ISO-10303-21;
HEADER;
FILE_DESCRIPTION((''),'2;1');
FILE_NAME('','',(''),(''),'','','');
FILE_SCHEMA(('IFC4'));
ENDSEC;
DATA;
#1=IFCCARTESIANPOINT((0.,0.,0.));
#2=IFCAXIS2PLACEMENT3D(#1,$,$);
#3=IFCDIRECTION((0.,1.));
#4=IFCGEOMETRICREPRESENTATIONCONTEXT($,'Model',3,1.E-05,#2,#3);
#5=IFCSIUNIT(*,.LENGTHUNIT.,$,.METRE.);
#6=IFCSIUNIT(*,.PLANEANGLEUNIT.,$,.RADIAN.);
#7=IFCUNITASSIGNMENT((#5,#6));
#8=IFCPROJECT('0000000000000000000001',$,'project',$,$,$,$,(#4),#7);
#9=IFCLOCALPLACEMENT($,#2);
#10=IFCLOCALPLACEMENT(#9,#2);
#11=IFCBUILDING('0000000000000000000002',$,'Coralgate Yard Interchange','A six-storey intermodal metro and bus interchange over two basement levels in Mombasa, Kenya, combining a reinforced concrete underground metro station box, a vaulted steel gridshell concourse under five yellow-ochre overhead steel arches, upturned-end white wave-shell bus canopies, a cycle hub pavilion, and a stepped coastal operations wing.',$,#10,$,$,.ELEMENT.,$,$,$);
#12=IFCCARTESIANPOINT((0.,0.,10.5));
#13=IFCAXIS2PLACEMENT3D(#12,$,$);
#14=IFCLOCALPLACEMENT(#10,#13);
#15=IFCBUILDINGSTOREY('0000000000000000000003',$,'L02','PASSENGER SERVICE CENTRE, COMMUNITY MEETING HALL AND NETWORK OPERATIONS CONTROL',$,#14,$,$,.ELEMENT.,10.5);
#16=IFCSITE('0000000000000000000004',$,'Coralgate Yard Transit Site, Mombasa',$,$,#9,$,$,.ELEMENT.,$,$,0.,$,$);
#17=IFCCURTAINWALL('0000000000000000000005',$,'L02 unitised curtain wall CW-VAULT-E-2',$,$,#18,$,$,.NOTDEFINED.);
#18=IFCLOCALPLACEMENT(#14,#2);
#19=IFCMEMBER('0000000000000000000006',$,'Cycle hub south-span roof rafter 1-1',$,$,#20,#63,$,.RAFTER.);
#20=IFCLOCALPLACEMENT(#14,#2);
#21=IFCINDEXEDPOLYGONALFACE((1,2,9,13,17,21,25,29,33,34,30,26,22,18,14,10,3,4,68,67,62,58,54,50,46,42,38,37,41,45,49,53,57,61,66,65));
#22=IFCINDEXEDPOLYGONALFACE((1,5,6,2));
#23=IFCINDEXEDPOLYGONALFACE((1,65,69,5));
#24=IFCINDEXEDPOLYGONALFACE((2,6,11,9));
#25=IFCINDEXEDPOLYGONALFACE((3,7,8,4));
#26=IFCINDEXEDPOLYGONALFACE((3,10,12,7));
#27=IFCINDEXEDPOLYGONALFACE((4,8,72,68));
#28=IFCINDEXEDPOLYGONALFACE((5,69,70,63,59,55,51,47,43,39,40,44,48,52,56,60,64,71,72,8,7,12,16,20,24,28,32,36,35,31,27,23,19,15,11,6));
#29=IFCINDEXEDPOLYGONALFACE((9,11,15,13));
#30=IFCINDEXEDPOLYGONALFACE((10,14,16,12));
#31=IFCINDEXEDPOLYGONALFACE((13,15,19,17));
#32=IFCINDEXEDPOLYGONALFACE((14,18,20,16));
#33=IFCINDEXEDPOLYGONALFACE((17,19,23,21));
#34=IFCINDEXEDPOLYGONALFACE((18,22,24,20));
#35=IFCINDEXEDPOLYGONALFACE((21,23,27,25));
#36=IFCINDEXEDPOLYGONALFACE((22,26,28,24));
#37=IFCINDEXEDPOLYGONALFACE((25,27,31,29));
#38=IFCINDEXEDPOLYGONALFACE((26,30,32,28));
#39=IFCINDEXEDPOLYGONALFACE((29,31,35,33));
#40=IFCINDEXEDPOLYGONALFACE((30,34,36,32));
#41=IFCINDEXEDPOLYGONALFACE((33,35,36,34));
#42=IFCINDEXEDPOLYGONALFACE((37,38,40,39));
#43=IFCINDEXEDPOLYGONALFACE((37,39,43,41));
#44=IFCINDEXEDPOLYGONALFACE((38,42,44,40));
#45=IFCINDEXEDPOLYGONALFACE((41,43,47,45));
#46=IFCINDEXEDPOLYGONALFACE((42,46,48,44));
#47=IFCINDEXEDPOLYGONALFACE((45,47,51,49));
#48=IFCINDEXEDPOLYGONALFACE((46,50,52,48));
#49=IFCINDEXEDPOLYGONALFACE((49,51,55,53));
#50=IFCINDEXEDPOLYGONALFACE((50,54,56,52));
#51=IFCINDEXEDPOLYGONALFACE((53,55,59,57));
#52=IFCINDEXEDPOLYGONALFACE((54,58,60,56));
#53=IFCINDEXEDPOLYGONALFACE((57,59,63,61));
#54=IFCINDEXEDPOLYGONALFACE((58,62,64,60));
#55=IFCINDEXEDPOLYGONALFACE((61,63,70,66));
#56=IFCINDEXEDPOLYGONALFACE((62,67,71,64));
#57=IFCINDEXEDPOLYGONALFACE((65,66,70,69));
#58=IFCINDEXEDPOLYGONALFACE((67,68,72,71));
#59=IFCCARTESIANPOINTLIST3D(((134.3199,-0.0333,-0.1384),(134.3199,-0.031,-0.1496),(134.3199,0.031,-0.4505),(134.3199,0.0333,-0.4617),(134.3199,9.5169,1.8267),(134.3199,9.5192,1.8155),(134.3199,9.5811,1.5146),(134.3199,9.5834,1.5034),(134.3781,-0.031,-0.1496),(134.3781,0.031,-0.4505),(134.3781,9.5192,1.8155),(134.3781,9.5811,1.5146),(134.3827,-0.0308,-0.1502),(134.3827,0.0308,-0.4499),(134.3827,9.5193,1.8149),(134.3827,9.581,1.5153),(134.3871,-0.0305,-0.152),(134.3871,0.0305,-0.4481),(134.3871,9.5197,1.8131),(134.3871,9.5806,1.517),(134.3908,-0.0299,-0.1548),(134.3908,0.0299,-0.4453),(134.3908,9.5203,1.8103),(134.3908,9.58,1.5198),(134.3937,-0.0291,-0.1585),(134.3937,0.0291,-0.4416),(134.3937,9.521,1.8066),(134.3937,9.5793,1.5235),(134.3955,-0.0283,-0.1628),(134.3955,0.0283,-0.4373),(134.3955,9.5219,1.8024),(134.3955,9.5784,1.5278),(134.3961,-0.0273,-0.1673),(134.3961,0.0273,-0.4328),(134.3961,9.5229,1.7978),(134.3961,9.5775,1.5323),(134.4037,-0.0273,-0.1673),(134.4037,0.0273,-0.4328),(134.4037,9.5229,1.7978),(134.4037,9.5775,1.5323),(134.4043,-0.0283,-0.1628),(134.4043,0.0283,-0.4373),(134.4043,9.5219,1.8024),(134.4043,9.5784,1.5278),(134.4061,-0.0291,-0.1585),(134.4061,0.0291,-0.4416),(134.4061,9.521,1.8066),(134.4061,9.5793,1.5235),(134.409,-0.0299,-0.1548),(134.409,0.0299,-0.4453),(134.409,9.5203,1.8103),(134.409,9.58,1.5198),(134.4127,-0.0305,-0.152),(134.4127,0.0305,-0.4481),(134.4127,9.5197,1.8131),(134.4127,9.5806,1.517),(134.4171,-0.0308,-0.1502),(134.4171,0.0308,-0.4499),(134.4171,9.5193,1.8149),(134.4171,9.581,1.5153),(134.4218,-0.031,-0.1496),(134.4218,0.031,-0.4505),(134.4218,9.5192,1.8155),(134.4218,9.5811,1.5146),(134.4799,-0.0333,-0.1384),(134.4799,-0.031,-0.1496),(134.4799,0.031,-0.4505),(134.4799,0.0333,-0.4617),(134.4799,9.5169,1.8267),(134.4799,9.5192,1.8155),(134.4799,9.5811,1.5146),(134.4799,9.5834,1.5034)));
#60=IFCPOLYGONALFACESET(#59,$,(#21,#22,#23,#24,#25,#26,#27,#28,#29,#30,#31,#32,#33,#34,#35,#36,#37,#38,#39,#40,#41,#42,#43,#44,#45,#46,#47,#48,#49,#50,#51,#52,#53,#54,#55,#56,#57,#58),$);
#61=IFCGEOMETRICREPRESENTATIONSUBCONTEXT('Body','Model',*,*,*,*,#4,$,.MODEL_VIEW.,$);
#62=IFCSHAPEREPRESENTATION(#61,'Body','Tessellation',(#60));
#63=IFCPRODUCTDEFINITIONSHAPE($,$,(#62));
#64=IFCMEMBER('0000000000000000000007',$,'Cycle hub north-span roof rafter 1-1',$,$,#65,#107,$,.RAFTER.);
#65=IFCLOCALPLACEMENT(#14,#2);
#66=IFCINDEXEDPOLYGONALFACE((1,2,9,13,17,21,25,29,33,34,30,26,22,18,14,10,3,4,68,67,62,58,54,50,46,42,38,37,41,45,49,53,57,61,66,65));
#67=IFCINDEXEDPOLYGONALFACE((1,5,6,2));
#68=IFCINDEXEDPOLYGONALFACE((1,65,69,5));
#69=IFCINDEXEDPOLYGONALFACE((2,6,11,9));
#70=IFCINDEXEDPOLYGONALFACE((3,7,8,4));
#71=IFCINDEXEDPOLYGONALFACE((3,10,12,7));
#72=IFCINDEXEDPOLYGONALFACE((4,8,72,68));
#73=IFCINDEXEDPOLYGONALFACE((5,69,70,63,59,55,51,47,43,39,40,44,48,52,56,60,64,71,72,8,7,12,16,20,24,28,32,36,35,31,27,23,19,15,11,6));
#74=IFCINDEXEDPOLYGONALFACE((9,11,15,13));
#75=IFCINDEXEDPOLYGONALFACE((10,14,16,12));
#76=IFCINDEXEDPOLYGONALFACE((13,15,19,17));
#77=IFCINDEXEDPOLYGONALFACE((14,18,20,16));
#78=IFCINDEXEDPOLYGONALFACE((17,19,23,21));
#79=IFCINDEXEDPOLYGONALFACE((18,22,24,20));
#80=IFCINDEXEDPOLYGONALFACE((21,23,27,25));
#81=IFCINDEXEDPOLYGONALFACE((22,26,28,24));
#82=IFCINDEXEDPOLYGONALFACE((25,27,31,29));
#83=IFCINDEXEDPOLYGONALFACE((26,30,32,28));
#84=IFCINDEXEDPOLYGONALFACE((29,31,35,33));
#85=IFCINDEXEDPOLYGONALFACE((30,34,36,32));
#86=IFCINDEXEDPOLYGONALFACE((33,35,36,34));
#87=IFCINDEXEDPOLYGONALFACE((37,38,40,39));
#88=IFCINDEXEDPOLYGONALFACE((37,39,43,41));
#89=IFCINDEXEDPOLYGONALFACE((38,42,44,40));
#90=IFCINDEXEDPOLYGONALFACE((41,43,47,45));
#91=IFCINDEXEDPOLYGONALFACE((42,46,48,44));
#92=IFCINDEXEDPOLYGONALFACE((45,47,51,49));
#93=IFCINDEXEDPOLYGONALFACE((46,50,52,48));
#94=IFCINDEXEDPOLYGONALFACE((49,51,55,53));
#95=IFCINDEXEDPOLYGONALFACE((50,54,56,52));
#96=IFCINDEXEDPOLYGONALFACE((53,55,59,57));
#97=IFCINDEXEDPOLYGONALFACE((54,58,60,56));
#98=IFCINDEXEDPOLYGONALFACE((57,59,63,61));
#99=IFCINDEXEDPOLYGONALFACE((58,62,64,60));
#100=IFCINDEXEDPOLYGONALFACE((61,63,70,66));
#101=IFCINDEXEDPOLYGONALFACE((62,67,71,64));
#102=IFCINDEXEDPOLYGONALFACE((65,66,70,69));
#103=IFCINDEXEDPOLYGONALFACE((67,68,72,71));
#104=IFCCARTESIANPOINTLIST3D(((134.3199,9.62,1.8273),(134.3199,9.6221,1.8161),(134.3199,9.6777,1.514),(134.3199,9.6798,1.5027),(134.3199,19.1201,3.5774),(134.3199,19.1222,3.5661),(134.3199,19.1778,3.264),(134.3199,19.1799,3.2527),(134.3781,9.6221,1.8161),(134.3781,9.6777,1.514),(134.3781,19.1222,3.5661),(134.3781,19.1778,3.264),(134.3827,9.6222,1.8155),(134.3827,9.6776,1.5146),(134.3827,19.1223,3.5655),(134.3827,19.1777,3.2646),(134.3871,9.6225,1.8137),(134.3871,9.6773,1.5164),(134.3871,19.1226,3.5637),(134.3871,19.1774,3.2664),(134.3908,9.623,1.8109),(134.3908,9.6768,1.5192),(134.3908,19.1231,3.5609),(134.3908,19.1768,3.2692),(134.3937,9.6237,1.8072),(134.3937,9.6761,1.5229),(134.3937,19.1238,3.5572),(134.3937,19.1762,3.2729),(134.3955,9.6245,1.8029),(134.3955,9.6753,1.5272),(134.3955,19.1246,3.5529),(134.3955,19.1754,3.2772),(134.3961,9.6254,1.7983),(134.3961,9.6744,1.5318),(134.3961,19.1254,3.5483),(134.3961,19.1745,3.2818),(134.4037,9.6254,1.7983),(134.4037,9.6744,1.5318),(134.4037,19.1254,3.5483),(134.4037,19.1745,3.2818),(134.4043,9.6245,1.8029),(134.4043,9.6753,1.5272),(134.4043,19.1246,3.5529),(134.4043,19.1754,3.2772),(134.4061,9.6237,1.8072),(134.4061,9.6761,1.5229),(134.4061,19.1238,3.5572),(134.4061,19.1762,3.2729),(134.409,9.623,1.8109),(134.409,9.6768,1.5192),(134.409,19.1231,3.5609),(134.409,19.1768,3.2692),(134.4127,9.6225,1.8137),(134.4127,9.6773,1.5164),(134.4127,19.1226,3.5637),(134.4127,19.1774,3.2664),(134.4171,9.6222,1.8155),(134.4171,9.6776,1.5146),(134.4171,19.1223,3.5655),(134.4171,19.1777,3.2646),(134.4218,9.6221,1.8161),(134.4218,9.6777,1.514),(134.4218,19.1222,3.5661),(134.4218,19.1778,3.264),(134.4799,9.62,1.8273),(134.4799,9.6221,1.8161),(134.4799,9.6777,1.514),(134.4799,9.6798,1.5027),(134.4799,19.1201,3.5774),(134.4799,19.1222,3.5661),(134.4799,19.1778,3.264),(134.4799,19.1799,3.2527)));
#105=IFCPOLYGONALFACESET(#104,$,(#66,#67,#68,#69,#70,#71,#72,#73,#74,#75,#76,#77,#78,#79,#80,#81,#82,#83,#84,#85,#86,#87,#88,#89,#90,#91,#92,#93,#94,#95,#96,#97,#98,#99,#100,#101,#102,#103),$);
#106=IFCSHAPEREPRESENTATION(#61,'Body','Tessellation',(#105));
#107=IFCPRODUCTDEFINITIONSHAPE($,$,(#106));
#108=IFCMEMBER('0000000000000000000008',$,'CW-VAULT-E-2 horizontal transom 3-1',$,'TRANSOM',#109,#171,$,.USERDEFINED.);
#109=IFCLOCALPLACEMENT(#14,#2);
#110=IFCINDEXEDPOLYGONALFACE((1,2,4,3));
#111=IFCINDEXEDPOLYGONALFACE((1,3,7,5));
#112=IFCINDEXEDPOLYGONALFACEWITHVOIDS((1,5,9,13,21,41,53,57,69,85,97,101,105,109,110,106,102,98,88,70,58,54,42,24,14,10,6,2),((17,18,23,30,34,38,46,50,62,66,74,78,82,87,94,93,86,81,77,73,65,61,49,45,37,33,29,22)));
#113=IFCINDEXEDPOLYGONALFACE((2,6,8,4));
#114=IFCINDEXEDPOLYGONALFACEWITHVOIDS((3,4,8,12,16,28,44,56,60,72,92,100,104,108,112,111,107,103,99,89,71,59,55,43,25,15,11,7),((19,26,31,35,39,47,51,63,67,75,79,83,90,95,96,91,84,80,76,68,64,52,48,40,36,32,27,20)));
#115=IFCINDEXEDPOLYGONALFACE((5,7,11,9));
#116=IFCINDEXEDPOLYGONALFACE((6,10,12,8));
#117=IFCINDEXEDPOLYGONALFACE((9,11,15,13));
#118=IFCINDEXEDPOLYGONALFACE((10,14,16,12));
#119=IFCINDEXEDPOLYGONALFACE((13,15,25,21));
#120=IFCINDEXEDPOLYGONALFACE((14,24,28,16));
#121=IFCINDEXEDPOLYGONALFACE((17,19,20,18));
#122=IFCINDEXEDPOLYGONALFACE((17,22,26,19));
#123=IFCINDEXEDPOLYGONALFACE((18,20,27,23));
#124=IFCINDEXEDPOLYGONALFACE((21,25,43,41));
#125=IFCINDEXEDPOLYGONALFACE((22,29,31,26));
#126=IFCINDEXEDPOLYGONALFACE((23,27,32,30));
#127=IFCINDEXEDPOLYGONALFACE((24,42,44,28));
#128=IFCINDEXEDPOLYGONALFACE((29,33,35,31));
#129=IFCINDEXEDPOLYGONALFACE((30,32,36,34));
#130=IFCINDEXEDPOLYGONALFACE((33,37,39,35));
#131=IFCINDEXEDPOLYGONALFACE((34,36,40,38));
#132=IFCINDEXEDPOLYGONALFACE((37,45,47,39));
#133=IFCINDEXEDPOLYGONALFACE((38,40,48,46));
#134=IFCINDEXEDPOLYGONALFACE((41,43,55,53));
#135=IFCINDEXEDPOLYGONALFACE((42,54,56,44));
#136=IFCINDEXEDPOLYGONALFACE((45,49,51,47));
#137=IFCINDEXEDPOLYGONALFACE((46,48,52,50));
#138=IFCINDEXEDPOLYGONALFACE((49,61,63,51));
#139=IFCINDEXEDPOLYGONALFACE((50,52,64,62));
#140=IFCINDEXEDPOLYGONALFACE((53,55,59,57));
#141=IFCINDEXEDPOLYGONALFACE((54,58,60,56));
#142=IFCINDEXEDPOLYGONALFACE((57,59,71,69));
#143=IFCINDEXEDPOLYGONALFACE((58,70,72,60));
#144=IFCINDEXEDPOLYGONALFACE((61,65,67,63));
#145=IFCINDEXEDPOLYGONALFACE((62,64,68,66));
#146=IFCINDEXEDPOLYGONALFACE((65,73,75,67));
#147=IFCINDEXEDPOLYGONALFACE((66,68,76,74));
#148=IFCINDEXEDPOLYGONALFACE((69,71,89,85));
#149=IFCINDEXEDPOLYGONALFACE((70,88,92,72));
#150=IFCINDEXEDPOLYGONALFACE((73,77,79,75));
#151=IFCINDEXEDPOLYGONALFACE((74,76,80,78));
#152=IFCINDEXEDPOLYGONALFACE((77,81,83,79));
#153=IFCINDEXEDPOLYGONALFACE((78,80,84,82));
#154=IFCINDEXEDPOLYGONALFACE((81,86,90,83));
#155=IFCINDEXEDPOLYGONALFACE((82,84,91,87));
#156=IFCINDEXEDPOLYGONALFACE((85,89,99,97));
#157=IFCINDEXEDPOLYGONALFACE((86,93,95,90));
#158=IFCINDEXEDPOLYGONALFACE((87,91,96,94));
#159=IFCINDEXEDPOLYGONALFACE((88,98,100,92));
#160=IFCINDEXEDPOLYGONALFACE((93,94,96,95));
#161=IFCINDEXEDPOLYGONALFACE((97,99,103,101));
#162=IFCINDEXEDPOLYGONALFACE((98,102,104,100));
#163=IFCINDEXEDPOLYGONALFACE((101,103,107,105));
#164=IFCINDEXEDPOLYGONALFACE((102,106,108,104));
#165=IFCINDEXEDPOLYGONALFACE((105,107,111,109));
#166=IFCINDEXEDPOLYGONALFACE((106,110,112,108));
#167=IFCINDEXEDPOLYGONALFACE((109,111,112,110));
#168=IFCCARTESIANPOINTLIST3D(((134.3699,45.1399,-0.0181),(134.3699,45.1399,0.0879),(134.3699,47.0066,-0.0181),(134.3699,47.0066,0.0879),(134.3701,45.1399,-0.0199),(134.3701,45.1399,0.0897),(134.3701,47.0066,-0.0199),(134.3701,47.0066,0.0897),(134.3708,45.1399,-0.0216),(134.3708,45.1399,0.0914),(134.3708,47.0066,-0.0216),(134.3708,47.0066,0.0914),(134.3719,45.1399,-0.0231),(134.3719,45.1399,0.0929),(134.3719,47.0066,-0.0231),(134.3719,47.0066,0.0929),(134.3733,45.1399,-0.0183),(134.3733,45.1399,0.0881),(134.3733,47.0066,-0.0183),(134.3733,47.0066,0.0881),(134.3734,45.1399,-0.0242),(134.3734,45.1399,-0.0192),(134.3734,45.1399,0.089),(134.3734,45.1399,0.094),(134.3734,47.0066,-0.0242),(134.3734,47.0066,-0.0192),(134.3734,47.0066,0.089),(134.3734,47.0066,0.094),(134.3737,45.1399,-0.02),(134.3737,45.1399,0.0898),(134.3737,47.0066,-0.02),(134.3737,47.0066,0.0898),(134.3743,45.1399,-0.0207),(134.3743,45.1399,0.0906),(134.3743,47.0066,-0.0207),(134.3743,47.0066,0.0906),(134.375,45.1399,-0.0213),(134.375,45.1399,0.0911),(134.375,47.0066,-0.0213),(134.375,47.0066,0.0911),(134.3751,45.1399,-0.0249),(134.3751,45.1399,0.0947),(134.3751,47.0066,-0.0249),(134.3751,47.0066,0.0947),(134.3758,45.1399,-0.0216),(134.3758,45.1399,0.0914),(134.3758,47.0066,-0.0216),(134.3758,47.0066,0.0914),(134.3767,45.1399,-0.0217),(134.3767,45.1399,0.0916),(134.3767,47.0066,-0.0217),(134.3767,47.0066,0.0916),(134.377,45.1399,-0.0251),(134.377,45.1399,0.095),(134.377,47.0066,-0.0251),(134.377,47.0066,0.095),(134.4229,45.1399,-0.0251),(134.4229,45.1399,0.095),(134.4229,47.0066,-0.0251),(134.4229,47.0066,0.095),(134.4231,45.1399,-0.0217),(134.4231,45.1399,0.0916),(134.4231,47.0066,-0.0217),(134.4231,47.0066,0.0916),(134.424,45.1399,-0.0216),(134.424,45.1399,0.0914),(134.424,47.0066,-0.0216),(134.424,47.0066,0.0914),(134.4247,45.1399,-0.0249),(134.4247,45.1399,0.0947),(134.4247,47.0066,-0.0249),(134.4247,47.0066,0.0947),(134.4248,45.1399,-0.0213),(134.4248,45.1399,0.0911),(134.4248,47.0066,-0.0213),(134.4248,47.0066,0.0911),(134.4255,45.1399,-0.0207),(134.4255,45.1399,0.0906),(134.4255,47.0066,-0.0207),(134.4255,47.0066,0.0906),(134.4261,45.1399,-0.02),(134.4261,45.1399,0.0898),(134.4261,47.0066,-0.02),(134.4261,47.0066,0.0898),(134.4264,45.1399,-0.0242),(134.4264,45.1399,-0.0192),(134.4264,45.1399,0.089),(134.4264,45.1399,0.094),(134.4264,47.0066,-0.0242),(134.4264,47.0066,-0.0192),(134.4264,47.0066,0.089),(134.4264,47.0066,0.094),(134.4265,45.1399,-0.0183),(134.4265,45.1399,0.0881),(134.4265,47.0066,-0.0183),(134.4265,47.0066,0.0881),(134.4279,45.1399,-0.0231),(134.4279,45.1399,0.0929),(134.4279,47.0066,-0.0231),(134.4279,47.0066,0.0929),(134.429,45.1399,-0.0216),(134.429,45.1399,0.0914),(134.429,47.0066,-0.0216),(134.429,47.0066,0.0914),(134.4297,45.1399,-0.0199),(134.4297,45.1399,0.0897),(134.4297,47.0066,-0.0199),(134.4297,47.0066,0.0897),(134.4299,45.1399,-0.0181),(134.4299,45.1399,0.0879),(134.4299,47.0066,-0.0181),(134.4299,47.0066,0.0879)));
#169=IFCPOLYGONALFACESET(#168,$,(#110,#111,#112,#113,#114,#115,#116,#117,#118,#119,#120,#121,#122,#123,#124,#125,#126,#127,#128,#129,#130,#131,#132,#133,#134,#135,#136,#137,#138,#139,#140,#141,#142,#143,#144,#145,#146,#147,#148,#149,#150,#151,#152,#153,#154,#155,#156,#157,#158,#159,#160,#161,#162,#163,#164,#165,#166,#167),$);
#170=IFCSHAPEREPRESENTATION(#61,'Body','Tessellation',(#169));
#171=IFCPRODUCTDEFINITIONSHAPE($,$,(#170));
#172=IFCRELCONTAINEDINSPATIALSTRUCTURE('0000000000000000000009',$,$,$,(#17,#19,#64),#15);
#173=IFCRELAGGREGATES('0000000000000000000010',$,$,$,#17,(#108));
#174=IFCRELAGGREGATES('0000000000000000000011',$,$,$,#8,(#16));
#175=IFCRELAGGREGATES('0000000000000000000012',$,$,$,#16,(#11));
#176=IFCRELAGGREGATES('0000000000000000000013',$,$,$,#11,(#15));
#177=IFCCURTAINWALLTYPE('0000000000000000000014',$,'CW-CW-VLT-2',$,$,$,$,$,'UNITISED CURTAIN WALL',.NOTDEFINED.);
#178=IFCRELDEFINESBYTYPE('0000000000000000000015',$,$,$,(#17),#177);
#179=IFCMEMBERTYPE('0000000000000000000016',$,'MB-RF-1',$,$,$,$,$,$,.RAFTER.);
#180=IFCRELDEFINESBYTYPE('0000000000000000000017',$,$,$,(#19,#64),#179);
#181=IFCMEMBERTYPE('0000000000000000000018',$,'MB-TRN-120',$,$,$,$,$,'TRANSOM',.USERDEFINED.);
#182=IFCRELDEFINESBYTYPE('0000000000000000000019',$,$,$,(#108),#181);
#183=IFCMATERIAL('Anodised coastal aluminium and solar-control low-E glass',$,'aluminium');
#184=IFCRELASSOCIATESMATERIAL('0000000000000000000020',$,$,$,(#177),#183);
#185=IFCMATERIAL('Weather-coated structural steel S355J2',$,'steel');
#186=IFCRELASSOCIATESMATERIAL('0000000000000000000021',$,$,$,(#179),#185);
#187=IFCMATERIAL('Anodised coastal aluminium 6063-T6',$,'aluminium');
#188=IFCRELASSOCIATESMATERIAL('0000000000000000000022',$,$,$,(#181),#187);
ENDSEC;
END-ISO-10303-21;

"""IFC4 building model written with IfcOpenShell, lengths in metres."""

from ifc_helpers import new_model, si_unit, direction, frame, origin, origin_2d, place, context, subcontext, project, spatial, hollow_rectangle, i_section, extrude, material, material_profile, profile_set, type_object, element, aggregate, save


model = new_model("IFC4")

# Units and contexts
model_context = context("Model", 3, precision=1e-05, world=origin(), true_north=direction((0.0, 1.0)))
body_context = subcontext(model_context, "Body", "Model", "MODEL_VIEW")
ifc_project = project(units=[si_unit("LENGTHUNIT", "METRE"), si_unit("PLANEANGLEUNIT", "RADIAN")], contexts=[model_context])

# Site, building, storey
site_placement = place(None, origin())
site = spatial("IfcSite", under=ifc_project, at=site_placement, Name="Coralgate Yard Transit Site, Mombasa", CompositionType="ELEMENT", RefElevation=0.0)
building_placement = place(site_placement, origin())
building = spatial("IfcBuilding", under=site, at=building_placement, Name="Coralgate Yard Interchange", Description="A six-storey intermodal metro and bus interchange over two basement levels in Mombasa, Kenya, combining a reinforced concrete underground metro station box, a vaulted steel gridshell concourse under five yellow-ochre overhead steel arches, upturned-end white wave-shell bus canopies, a cycle hub pavilion, and a stepped coastal operations wing.", CompositionType="ELEMENT")
storey_placement = place(building_placement, frame((0.0, 0.0, 10.5)))
storey = spatial("IfcBuildingStorey", under=building, at=storey_placement, Name="L02", Description="PASSENGER SERVICE CENTRE, COMMUNITY MEETING HALL AND NETWORK OPERATIONS CONTROL", CompositionType="ELEMENT", Elevation=10.5)

# Shared definitions
ifc_material_1 = material(Name="Weather-coated structural steel S355J2", Category="steel")

# Curtain wall
ifc_material_2 = material(Name="Anodised coastal aluminium and solar-control low-E glass", Category="aluminium")
curtain_wall_type = type_object("IfcCurtainWallType", Name="CW-CW-VLT-2", ElementType="UNITISED CURTAIN WALL", PredefinedType="NOTDEFINED", material=ifc_material_2)
curtain_wall_placement = place(storey_placement, origin())
curtain_wall = element("IfcCurtainWall", 1, at=curtain_wall_placement, inside=storey, type_object=curtain_wall_type, Name="L02 unitised curtain wall CW-VAULT-E-2", PredefinedType="NOTDEFINED")
ifc_material_3 = material(Name="Anodised coastal aluminium 6063-T6", Category="aluminium")

# Members
ifc_material_profile_1 = material_profile(ifc_material_1, i_section(OverallWidth=0.1599, OverallDepth=0.3301, WebThickness=0.0076, FlangeThickness=0.0115, FilletRadius=0.0181, at=origin_2d()), Name="IPE 330")
ifc_profile_set_1 = profile_set([ifc_material_profile_1], Name="Weather-coated structural steel S355J2")
member_type_1 = type_object("IfcMemberType", Name="MB-RF-1", PredefinedType="RAFTER", material=ifc_profile_set_1)
member_1_placement = place(storey_placement, frame((134.3999, 0.0, -0.3), z_axis=(0.0, 0.979479, 0.201545), x_axis=(-1.0, 0.0, 0.0)))
element("IfcMember", 2, at=member_1_placement, inside=storey, type_object=member_type_1, Name="Cycle hub south-span roof rafter 1-1", PredefinedType="RAFTER", context=body_context, shape_type="SweptSolid", body=[
    extrude(i_section(OverallWidth=0.1599, OverallDepth=0.3301, WebThickness=0.0076, FlangeThickness=0.0115, FilletRadius=0.0181, at=origin_2d()), origin(), (0.0, 0.0, 1.0), 9.7502),
])
member_2_placement = place(storey_placement, frame((134.3999, 9.6499, 1.665), z_axis=(0.0, 0.983453, 0.181162), x_axis=(-1.0, 0.0, 0.0)))
element("IfcMember", 3, at=member_2_placement, inside=storey, type_object=member_type_1, Name="Cycle hub north-span roof rafter 1-1", PredefinedType="RAFTER", context=body_context, shape_type="SweptSolid", body=[
    extrude(i_section(OverallWidth=0.1599, OverallDepth=0.3301, WebThickness=0.0076, FlangeThickness=0.0115, FilletRadius=0.0181, at=origin_2d()), origin(), (0.0, 0.0, 1.0), 9.6599),
])

# Member
ifc_material_profile_2 = material_profile(ifc_material_3, hollow_rectangle(XDim=0.0601, YDim=0.1201, WallThickness=0.0034, InnerFilletRadius=0.0034, OuterFilletRadius=0.0071, at=origin_2d()), Name="ALU 60x120x3.5")
ifc_profile_set_2 = profile_set([ifc_material_profile_2], Name="Anodised coastal aluminium 6063-T6")
member_type_2 = type_object("IfcMemberType", Name="MB-TRN-120", ElementType="TRANSOM", PredefinedType="USERDEFINED", material=ifc_profile_set_2)
member_3_placement = place(storey_placement, frame((134.3999, 47.0066, 0.0349), z_axis=(0.0, -1.0, 0.0), x_axis=(1.0, 0.0, 0.0)))
member_3 = element("IfcMember", 4, at=member_3_placement, type_object=member_type_2, Name="CW-VAULT-E-2 horizontal transom 3-1", ObjectType="TRANSOM", PredefinedType="USERDEFINED", context=body_context, shape_type="SweptSolid", body=[
    extrude(hollow_rectangle(XDim=0.0601, YDim=0.1201, WallThickness=0.0034, InnerFilletRadius=0.0034, OuterFilletRadius=0.0071, at=origin_2d()), origin(), (0.0, 0.0, 1.0), 1.8667),
])

aggregate(curtain_wall, [member_3])

save(model, "model.ifc")
